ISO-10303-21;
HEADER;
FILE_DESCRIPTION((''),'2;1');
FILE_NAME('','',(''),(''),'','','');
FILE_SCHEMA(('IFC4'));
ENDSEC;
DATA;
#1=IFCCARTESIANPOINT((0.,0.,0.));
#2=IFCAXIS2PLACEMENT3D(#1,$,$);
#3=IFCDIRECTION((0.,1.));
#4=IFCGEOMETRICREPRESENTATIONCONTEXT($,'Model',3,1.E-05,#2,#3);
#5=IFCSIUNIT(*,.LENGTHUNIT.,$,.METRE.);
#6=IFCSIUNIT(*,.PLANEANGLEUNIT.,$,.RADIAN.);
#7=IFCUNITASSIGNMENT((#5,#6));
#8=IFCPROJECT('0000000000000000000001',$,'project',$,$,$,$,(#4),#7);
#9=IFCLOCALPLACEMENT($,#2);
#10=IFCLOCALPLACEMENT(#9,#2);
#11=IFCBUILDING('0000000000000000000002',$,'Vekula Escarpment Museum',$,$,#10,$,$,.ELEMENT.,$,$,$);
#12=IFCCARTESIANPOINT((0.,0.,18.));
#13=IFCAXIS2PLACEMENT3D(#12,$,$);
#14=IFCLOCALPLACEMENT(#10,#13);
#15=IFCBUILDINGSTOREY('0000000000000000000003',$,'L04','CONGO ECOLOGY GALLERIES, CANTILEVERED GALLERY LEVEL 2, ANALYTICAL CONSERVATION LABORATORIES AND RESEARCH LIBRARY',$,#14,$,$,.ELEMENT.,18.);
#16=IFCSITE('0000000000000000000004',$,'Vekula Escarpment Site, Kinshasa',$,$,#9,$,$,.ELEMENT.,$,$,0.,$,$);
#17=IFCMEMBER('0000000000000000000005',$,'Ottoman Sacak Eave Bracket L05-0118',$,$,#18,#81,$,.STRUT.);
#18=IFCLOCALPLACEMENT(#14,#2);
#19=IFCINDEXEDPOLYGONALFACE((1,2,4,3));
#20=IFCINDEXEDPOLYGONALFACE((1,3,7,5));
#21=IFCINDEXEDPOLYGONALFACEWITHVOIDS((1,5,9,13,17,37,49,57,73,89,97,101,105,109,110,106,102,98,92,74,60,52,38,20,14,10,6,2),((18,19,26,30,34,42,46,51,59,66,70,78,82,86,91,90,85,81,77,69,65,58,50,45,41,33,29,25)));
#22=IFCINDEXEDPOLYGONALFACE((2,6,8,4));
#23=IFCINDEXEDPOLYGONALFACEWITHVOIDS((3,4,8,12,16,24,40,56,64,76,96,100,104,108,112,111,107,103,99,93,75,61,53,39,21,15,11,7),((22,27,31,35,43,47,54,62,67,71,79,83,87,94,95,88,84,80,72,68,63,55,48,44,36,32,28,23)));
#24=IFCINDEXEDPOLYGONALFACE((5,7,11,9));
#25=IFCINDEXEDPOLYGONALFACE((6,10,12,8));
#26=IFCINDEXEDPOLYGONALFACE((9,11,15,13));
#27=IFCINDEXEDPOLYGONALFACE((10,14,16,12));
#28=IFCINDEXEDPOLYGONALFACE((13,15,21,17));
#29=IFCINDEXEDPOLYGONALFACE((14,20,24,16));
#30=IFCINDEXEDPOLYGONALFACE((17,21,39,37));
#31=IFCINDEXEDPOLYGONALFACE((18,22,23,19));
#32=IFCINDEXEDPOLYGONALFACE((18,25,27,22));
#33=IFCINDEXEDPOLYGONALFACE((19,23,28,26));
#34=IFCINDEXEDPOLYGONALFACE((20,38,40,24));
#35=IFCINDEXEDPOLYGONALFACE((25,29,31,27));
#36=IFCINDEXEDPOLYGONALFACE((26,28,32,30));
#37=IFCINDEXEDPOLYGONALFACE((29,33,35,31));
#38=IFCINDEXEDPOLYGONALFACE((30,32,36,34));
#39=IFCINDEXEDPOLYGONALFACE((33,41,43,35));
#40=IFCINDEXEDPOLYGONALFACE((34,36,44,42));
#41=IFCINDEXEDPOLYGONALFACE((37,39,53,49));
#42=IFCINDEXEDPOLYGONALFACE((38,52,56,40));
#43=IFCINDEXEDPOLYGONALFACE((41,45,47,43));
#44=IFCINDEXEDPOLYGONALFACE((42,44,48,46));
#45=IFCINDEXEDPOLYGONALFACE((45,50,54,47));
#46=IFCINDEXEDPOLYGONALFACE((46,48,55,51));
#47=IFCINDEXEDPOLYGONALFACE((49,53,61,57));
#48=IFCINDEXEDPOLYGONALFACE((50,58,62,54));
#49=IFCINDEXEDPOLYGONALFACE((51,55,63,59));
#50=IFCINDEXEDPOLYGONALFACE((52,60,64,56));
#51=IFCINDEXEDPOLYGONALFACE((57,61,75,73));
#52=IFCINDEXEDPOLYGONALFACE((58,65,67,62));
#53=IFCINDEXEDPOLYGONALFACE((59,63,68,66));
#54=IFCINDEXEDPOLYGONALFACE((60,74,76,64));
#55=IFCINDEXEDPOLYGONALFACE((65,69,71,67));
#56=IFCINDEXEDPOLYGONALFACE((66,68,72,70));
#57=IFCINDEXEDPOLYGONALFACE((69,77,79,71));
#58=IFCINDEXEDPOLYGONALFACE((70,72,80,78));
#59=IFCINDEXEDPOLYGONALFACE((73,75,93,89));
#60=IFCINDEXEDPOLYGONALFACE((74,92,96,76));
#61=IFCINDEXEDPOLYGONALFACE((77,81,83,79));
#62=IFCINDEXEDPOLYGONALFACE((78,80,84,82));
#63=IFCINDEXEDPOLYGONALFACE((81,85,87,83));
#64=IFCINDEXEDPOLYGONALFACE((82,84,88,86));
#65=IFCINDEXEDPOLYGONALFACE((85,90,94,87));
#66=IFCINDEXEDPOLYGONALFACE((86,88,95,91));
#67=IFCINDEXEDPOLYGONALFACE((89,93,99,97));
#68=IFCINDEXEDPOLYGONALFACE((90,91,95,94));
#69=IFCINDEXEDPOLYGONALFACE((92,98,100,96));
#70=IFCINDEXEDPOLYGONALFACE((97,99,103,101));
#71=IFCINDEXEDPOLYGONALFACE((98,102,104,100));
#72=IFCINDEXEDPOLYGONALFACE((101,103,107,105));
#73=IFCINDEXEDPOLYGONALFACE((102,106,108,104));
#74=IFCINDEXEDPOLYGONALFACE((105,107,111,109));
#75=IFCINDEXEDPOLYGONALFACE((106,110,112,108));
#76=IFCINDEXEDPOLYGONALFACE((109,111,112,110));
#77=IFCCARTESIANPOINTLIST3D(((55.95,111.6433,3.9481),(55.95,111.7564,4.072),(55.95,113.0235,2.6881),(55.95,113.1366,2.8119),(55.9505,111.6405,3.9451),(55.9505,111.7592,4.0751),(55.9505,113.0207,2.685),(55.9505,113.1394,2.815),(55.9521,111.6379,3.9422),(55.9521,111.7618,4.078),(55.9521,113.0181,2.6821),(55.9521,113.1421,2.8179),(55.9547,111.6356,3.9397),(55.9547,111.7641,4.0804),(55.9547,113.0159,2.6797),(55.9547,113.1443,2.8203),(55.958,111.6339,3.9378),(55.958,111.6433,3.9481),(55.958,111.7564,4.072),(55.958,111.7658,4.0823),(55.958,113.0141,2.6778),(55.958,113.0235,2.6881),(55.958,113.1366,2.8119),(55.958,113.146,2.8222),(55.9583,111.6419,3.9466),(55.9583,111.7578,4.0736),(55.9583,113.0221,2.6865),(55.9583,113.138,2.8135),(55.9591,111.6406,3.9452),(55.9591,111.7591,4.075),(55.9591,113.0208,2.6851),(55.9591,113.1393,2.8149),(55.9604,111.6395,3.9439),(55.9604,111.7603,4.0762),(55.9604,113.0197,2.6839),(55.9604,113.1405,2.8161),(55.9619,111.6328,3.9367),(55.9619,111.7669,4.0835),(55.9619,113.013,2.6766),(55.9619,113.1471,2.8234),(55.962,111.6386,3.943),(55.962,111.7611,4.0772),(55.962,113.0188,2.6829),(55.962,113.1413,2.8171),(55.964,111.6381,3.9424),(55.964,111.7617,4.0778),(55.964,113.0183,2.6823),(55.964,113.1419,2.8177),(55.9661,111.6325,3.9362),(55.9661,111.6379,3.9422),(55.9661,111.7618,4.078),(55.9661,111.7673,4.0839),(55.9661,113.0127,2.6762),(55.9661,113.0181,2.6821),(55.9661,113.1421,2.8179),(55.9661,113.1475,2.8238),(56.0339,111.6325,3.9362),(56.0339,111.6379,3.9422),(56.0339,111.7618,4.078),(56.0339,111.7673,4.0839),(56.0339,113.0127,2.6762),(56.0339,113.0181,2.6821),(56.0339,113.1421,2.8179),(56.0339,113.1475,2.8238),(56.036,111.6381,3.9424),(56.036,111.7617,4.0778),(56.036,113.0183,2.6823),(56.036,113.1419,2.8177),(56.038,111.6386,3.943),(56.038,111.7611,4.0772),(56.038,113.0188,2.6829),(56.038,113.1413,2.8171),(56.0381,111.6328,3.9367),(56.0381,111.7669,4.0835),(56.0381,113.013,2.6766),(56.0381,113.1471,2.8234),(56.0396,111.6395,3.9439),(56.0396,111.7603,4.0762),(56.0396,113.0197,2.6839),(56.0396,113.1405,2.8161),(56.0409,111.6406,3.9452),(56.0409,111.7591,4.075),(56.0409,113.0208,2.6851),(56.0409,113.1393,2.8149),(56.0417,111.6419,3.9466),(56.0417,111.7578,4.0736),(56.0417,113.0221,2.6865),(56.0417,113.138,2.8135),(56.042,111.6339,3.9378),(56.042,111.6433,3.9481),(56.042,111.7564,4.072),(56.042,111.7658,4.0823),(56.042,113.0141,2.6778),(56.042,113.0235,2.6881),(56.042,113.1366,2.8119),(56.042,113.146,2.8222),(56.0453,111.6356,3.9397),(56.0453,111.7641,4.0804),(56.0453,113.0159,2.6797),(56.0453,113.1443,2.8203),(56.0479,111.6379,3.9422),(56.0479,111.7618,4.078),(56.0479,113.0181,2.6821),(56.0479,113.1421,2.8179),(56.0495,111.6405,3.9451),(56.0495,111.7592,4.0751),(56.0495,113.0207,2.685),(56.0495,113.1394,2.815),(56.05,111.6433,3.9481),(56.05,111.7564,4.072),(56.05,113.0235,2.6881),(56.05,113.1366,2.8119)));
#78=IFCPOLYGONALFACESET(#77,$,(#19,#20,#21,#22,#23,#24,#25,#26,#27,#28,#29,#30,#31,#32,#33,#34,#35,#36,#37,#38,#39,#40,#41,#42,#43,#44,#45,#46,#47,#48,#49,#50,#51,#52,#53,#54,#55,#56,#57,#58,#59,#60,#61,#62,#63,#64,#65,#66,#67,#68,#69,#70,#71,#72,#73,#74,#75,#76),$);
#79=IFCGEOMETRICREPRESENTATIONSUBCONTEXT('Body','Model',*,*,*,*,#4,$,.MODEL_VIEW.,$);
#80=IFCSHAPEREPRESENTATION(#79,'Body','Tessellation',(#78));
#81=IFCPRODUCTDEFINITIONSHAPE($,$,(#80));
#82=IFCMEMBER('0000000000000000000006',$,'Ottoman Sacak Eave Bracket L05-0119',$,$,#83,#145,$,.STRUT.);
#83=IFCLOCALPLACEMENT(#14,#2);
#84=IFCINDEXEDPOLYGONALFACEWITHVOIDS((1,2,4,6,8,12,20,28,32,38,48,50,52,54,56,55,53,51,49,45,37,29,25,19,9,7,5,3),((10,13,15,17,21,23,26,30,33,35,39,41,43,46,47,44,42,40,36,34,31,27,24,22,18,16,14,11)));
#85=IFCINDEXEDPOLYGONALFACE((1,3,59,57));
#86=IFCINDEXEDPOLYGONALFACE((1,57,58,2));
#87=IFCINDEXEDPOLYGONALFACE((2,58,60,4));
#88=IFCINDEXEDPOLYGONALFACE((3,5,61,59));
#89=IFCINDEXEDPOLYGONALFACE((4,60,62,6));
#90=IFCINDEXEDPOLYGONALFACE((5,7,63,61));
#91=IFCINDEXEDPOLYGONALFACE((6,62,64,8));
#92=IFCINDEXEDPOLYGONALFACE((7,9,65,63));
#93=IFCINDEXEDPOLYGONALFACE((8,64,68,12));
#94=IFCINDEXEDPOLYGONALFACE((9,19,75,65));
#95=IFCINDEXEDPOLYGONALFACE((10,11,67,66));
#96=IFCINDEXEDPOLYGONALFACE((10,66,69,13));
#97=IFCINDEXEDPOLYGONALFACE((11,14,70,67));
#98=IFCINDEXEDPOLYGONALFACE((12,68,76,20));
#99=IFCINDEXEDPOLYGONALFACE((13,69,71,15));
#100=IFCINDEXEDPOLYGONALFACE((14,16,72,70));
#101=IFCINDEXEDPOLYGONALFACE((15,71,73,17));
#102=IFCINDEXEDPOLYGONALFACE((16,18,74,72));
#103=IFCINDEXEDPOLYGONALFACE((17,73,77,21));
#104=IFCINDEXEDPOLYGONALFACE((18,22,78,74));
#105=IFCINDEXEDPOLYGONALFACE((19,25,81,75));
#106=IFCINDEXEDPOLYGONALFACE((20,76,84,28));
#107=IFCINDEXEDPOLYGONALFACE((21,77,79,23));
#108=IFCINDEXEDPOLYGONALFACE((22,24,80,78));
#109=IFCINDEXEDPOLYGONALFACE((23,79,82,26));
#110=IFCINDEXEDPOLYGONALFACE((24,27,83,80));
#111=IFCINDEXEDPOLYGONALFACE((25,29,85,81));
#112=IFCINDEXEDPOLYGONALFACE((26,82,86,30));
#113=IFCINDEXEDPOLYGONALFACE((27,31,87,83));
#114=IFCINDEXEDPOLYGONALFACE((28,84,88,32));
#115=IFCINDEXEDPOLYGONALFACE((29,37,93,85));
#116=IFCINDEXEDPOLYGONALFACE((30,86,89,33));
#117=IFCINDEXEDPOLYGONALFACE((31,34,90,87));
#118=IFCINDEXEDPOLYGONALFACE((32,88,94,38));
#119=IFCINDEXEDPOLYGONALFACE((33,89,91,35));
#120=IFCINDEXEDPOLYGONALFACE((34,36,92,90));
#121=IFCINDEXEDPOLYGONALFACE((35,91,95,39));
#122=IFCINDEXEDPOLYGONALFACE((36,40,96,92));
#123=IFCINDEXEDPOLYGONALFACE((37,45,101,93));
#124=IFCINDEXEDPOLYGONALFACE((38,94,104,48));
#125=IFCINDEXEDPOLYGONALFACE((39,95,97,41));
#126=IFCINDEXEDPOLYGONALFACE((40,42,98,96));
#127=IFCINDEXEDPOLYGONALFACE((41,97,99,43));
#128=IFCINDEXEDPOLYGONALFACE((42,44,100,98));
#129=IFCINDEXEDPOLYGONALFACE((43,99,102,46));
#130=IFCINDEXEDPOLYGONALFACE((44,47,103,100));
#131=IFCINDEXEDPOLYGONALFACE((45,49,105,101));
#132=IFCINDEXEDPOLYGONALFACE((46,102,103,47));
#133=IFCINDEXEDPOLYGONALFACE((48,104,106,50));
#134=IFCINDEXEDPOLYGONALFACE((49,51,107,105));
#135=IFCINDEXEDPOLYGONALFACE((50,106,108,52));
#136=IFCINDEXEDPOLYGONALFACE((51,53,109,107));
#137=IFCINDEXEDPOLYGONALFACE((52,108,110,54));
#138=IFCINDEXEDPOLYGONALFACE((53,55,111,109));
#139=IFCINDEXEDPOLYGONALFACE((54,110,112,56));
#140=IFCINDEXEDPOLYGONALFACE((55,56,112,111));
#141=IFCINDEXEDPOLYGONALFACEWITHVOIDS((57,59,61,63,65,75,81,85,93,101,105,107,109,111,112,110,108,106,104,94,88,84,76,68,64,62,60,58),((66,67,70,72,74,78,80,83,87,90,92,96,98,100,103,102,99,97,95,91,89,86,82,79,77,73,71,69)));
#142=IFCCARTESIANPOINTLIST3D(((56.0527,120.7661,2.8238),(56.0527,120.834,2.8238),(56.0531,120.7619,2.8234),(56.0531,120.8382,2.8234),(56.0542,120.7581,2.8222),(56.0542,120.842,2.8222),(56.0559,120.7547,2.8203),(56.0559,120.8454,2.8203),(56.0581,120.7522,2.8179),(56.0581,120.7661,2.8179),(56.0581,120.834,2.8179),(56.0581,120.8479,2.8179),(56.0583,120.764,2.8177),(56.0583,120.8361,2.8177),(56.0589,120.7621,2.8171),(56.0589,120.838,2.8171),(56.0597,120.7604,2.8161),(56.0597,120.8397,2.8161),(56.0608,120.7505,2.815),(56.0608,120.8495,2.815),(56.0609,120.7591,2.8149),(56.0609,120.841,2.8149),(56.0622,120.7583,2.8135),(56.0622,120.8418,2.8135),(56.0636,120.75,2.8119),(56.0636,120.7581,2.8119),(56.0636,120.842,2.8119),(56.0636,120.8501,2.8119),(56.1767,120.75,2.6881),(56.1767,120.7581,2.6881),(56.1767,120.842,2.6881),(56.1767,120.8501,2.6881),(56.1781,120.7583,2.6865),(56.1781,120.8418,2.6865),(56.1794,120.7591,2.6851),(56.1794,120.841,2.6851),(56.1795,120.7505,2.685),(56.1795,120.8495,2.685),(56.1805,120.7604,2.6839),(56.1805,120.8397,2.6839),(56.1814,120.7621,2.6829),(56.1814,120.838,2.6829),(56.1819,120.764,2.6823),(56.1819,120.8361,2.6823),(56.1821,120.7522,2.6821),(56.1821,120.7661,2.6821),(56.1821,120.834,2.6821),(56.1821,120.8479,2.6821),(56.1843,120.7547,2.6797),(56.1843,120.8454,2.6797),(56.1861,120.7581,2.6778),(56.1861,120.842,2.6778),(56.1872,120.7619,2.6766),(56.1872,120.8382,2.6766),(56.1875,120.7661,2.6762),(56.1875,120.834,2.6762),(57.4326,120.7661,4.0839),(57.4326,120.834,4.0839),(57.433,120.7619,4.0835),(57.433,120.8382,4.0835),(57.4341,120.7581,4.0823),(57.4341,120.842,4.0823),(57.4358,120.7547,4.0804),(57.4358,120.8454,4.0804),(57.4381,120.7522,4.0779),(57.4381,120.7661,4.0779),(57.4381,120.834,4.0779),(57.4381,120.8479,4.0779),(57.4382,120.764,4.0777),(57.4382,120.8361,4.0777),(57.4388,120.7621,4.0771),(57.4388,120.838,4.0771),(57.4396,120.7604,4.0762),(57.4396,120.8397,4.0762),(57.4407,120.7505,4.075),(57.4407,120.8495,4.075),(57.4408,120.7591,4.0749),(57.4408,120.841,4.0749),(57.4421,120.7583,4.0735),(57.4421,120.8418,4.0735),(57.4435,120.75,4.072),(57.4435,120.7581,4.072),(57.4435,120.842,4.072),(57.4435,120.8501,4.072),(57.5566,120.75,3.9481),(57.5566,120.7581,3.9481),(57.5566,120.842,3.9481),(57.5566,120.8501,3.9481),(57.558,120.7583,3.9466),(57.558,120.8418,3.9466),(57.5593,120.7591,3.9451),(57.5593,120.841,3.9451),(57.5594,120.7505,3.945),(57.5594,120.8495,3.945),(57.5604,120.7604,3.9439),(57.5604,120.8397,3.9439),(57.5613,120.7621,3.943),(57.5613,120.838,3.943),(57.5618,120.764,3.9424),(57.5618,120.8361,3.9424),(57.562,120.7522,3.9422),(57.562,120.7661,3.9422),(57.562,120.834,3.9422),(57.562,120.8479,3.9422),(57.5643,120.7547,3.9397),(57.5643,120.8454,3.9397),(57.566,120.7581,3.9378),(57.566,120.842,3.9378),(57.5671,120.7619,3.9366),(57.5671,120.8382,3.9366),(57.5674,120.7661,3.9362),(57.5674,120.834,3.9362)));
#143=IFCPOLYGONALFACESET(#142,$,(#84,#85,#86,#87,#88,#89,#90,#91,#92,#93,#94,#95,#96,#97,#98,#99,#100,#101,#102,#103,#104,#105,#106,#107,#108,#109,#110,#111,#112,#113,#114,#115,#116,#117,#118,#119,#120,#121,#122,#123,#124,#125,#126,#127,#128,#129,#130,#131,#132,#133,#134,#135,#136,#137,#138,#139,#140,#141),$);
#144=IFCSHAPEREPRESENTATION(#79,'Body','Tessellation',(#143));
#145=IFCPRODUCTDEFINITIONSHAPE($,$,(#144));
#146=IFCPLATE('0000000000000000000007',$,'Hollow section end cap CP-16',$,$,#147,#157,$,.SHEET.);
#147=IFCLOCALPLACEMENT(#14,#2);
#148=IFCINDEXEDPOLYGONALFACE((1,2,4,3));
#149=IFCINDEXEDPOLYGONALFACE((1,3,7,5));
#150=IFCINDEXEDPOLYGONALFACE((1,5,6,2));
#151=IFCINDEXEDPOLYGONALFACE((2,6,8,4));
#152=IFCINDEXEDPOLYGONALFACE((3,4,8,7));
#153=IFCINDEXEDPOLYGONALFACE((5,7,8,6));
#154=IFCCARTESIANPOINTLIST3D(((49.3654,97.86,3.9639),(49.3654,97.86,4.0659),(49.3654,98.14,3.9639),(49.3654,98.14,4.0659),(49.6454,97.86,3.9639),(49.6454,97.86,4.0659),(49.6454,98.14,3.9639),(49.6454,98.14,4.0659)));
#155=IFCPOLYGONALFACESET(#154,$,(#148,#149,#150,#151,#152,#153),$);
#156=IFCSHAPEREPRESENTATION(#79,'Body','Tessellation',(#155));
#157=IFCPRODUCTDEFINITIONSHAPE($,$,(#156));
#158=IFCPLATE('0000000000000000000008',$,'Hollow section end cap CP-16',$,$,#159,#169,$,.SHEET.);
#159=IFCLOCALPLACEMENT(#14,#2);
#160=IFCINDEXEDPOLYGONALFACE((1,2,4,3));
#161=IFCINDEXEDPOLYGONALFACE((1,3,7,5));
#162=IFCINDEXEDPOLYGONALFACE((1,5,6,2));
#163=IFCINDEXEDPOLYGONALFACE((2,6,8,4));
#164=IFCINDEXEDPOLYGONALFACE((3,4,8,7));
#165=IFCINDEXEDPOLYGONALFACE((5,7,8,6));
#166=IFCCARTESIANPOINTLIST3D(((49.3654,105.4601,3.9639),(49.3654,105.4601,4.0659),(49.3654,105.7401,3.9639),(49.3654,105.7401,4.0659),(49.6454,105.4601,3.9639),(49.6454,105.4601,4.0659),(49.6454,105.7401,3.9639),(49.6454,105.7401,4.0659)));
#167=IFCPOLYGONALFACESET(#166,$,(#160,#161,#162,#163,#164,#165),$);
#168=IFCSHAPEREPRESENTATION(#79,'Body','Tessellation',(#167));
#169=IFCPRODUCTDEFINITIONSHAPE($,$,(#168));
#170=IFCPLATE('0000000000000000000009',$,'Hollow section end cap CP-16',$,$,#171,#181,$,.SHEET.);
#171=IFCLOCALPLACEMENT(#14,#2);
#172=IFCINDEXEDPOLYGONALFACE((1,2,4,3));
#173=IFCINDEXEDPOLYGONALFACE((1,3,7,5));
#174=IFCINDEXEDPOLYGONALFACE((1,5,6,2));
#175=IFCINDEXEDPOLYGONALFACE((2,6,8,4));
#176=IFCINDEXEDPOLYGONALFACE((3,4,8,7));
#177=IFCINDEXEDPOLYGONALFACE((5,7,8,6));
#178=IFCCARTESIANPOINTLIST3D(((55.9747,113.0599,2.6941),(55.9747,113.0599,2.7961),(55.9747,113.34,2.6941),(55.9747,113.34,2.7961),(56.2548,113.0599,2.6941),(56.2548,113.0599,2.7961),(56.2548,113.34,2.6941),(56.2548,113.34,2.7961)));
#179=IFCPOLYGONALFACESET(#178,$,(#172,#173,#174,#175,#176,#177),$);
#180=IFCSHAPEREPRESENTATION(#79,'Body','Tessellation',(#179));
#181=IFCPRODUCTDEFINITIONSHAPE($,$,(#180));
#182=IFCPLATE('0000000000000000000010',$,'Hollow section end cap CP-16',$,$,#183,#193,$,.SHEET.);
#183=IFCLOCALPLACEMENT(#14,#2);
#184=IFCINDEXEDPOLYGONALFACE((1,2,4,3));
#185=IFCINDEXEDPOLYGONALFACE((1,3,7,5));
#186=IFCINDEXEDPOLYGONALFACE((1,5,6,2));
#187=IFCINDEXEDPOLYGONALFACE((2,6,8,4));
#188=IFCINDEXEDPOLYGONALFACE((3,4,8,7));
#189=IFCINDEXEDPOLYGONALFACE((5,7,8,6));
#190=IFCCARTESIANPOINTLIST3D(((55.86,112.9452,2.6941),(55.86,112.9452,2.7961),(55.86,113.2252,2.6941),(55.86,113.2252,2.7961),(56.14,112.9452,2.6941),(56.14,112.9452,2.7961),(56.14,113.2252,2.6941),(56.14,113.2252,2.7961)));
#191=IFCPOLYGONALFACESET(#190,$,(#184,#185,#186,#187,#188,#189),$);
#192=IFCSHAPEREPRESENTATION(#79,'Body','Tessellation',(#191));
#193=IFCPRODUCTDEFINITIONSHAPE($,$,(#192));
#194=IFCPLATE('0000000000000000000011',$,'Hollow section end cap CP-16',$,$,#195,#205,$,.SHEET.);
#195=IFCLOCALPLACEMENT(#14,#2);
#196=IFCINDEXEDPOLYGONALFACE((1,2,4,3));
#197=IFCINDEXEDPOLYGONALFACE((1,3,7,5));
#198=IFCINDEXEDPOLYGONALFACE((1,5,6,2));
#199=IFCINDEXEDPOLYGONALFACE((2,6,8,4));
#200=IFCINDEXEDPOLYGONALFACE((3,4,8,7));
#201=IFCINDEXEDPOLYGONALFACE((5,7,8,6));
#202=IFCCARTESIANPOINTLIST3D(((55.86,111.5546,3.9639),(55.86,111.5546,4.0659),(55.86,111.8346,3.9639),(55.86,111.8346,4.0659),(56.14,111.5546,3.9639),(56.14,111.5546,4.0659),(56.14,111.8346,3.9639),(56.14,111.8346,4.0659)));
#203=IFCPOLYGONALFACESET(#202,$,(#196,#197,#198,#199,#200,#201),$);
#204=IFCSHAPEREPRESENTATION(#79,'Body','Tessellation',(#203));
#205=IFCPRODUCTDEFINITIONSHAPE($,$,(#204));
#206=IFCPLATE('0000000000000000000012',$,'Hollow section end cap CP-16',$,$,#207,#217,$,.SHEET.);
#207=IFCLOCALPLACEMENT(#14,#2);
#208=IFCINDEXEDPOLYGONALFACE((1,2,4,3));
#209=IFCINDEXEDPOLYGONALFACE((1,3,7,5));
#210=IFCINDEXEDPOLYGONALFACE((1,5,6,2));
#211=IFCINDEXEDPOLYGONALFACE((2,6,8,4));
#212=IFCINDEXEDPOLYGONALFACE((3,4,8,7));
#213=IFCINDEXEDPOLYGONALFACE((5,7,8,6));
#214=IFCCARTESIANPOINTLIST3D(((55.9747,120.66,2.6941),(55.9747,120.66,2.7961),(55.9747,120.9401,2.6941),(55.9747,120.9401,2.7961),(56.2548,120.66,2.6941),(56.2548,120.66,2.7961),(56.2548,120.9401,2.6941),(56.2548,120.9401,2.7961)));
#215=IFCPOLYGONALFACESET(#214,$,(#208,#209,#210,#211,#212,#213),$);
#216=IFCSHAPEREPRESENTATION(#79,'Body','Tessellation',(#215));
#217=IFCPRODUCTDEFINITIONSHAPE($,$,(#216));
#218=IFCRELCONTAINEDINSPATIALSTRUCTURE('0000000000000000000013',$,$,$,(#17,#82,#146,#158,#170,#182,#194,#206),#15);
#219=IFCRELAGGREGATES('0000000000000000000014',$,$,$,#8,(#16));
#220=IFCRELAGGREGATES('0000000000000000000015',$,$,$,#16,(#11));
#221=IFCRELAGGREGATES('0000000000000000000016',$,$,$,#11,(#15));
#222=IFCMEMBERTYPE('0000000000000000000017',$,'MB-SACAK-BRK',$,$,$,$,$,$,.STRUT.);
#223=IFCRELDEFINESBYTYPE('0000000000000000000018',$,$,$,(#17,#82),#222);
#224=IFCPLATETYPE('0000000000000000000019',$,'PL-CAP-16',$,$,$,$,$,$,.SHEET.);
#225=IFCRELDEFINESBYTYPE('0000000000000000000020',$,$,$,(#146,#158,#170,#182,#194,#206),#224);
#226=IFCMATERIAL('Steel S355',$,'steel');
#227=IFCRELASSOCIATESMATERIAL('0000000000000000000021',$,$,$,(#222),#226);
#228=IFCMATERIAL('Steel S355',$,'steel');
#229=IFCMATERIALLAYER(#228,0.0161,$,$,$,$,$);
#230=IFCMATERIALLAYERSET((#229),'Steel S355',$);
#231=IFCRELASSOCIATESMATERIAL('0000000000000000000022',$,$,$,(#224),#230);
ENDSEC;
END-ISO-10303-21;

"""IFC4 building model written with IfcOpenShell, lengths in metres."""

from ifc_helpers import new_model, si_unit, direction, frame, origin, origin_2d, place, context, subcontext, project, spatial, rectangle, hollow_rectangle, extrude, material, layer, layer_set, material_profile, profile_set, type_object, element, save


model = new_model("IFC4")

# Units and contexts
model_context = context("Model", 3, precision=1e-05, world=origin(), true_north=direction((0.0, 1.0)))
body_context = subcontext(model_context, "Body", "Model", "MODEL_VIEW")
ifc_project = project(units=[si_unit("LENGTHUNIT", "METRE"), si_unit("PLANEANGLEUNIT", "RADIAN")], contexts=[model_context])

# Site, building, storey
site_placement = place(None, origin())
site = spatial("IfcSite", under=ifc_project, at=site_placement, Name="Vekula Escarpment Site, Kinshasa", CompositionType="ELEMENT", RefElevation=0.0)
building_placement = place(site_placement, origin())
building = spatial("IfcBuilding", under=site, at=building_placement, Name="Vekula Escarpment Museum", CompositionType="ELEMENT")
storey_placement = place(building_placement, frame((0.0, 0.0, 18.0)))
storey = spatial("IfcBuildingStorey", under=building, at=storey_placement, Name="L04", Description="CONGO ECOLOGY GALLERIES, CANTILEVERED GALLERY LEVEL 2, ANALYTICAL CONSERVATION LABORATORIES AND RESEARCH LIBRARY", CompositionType="ELEMENT", Elevation=18.0)

# Members
ifc_material_1 = material(Name="Steel S355", Category="steel")
ifc_material_profile_1 = material_profile(ifc_material_1, hollow_rectangle(XDim=0.1001, YDim=0.2, WallThickness=0.0081, InnerFilletRadius=0.0081, OuterFilletRadius=0.0161, at=origin_2d()), Name="RHS 200x100x8")
ifc_profile_set_1 = profile_set([ifc_material_profile_1], Name="Steel S355")
member_type = type_object("IfcMemberType", Name="MB-SACAK-BRK", PredefinedType="STRUT", material=ifc_profile_set_1)
member_1_placement = place(storey_placement, frame((56.0, 113.0801, 2.75), z_axis=(0.0, -0.738514, 0.674238), x_axis=(1.0, 0.0, 0.0)))
element("IfcMember", 1, at=member_1_placement, inside=storey, type_object=member_type, Name="Ottoman Sacak Eave Bracket L05-0118", PredefinedType="STRUT", context=body_context, shape_type="SweptSolid", body=[
    extrude(hollow_rectangle(XDim=0.1001, YDim=0.2, WallThickness=0.0081, InnerFilletRadius=0.0081, OuterFilletRadius=0.0161, at=origin_2d()), origin(), (0.0, 0.0, 1.0), 1.8689),
])
member_2_placement = place(storey_placement, frame((56.1201, 120.8, 2.75), z_axis=(0.738454, 0.0, 0.674303), x_axis=(0.0, 1.0, 0.0)))
element("IfcMember", 2, at=member_2_placement, inside=storey, type_object=member_type, Name="Ottoman Sacak Eave Bracket L05-0119", PredefinedType="STRUT", context=body_context, shape_type="SweptSolid", body=[
    extrude(hollow_rectangle(XDim=0.1001, YDim=0.2, WallThickness=0.0081, InnerFilletRadius=0.0081, OuterFilletRadius=0.0161, at=origin_2d()), origin(), (0.0, 0.0, 1.0), 1.8687),
])

# Plates
ifc_material_2 = material(Name="Steel S355", Category="steel")
ifc_layer_1 = layer(ifc_material_2, 0.0161)
ifc_layer_set_1 = layer_set([ifc_layer_1], Name="Steel S355")
plate_type_1 = type_object("IfcPlateType", Name="PL-CAP-16", PredefinedType="SHEET", material=ifc_layer_set_1)
for number, where, z_axis, x_axis, name in (
    (3, (49.5054, 98.0, 3.9639), (0.0, 0.0, 1.0), (1.0, 0.0, 0.0), "Hollow section end cap CP-16"),
    (4, (49.5054, 105.6001, 3.9639), (0.0, 0.0, 1.0), (1.0, 0.0, 0.0), "Hollow section end cap CP-16"),
    (5, (56.1147, 113.2, 2.6941), (0.0, 0.0, 1.0), (1.0, 0.0, 0.0), "Hollow section end cap CP-16"),
    (6, (56.0, 113.0852, 2.6941), (0.0, 0.0, 1.0), (1.0, 0.0, 0.0), "Hollow section end cap CP-16"),
    (7, (56.0, 111.6946, 3.9639), (0.0, 0.0, 1.0), (1.0, 0.0, 0.0), "Hollow section end cap CP-16"),
    (8, (56.1147, 120.8, 2.6941), (0.0, 0.0, 1.0), (1.0, 0.0, 0.0), "Hollow section end cap CP-16"),
):
    element("IfcPlate", number, at=place(storey_placement, frame(where, z_axis=z_axis, x_axis=x_axis)), inside=storey, type_object=plate_type_1, Name=name, PredefinedType="SHEET", context=body_context, shape_type="SweptSolid", body=[
        extrude(rectangle(XDim=0.28, YDim=0.28, at=origin_2d()), origin(), (0.0, 0.0, 1.0), 0.1021),
    ])

save(model, "model.ifc")
